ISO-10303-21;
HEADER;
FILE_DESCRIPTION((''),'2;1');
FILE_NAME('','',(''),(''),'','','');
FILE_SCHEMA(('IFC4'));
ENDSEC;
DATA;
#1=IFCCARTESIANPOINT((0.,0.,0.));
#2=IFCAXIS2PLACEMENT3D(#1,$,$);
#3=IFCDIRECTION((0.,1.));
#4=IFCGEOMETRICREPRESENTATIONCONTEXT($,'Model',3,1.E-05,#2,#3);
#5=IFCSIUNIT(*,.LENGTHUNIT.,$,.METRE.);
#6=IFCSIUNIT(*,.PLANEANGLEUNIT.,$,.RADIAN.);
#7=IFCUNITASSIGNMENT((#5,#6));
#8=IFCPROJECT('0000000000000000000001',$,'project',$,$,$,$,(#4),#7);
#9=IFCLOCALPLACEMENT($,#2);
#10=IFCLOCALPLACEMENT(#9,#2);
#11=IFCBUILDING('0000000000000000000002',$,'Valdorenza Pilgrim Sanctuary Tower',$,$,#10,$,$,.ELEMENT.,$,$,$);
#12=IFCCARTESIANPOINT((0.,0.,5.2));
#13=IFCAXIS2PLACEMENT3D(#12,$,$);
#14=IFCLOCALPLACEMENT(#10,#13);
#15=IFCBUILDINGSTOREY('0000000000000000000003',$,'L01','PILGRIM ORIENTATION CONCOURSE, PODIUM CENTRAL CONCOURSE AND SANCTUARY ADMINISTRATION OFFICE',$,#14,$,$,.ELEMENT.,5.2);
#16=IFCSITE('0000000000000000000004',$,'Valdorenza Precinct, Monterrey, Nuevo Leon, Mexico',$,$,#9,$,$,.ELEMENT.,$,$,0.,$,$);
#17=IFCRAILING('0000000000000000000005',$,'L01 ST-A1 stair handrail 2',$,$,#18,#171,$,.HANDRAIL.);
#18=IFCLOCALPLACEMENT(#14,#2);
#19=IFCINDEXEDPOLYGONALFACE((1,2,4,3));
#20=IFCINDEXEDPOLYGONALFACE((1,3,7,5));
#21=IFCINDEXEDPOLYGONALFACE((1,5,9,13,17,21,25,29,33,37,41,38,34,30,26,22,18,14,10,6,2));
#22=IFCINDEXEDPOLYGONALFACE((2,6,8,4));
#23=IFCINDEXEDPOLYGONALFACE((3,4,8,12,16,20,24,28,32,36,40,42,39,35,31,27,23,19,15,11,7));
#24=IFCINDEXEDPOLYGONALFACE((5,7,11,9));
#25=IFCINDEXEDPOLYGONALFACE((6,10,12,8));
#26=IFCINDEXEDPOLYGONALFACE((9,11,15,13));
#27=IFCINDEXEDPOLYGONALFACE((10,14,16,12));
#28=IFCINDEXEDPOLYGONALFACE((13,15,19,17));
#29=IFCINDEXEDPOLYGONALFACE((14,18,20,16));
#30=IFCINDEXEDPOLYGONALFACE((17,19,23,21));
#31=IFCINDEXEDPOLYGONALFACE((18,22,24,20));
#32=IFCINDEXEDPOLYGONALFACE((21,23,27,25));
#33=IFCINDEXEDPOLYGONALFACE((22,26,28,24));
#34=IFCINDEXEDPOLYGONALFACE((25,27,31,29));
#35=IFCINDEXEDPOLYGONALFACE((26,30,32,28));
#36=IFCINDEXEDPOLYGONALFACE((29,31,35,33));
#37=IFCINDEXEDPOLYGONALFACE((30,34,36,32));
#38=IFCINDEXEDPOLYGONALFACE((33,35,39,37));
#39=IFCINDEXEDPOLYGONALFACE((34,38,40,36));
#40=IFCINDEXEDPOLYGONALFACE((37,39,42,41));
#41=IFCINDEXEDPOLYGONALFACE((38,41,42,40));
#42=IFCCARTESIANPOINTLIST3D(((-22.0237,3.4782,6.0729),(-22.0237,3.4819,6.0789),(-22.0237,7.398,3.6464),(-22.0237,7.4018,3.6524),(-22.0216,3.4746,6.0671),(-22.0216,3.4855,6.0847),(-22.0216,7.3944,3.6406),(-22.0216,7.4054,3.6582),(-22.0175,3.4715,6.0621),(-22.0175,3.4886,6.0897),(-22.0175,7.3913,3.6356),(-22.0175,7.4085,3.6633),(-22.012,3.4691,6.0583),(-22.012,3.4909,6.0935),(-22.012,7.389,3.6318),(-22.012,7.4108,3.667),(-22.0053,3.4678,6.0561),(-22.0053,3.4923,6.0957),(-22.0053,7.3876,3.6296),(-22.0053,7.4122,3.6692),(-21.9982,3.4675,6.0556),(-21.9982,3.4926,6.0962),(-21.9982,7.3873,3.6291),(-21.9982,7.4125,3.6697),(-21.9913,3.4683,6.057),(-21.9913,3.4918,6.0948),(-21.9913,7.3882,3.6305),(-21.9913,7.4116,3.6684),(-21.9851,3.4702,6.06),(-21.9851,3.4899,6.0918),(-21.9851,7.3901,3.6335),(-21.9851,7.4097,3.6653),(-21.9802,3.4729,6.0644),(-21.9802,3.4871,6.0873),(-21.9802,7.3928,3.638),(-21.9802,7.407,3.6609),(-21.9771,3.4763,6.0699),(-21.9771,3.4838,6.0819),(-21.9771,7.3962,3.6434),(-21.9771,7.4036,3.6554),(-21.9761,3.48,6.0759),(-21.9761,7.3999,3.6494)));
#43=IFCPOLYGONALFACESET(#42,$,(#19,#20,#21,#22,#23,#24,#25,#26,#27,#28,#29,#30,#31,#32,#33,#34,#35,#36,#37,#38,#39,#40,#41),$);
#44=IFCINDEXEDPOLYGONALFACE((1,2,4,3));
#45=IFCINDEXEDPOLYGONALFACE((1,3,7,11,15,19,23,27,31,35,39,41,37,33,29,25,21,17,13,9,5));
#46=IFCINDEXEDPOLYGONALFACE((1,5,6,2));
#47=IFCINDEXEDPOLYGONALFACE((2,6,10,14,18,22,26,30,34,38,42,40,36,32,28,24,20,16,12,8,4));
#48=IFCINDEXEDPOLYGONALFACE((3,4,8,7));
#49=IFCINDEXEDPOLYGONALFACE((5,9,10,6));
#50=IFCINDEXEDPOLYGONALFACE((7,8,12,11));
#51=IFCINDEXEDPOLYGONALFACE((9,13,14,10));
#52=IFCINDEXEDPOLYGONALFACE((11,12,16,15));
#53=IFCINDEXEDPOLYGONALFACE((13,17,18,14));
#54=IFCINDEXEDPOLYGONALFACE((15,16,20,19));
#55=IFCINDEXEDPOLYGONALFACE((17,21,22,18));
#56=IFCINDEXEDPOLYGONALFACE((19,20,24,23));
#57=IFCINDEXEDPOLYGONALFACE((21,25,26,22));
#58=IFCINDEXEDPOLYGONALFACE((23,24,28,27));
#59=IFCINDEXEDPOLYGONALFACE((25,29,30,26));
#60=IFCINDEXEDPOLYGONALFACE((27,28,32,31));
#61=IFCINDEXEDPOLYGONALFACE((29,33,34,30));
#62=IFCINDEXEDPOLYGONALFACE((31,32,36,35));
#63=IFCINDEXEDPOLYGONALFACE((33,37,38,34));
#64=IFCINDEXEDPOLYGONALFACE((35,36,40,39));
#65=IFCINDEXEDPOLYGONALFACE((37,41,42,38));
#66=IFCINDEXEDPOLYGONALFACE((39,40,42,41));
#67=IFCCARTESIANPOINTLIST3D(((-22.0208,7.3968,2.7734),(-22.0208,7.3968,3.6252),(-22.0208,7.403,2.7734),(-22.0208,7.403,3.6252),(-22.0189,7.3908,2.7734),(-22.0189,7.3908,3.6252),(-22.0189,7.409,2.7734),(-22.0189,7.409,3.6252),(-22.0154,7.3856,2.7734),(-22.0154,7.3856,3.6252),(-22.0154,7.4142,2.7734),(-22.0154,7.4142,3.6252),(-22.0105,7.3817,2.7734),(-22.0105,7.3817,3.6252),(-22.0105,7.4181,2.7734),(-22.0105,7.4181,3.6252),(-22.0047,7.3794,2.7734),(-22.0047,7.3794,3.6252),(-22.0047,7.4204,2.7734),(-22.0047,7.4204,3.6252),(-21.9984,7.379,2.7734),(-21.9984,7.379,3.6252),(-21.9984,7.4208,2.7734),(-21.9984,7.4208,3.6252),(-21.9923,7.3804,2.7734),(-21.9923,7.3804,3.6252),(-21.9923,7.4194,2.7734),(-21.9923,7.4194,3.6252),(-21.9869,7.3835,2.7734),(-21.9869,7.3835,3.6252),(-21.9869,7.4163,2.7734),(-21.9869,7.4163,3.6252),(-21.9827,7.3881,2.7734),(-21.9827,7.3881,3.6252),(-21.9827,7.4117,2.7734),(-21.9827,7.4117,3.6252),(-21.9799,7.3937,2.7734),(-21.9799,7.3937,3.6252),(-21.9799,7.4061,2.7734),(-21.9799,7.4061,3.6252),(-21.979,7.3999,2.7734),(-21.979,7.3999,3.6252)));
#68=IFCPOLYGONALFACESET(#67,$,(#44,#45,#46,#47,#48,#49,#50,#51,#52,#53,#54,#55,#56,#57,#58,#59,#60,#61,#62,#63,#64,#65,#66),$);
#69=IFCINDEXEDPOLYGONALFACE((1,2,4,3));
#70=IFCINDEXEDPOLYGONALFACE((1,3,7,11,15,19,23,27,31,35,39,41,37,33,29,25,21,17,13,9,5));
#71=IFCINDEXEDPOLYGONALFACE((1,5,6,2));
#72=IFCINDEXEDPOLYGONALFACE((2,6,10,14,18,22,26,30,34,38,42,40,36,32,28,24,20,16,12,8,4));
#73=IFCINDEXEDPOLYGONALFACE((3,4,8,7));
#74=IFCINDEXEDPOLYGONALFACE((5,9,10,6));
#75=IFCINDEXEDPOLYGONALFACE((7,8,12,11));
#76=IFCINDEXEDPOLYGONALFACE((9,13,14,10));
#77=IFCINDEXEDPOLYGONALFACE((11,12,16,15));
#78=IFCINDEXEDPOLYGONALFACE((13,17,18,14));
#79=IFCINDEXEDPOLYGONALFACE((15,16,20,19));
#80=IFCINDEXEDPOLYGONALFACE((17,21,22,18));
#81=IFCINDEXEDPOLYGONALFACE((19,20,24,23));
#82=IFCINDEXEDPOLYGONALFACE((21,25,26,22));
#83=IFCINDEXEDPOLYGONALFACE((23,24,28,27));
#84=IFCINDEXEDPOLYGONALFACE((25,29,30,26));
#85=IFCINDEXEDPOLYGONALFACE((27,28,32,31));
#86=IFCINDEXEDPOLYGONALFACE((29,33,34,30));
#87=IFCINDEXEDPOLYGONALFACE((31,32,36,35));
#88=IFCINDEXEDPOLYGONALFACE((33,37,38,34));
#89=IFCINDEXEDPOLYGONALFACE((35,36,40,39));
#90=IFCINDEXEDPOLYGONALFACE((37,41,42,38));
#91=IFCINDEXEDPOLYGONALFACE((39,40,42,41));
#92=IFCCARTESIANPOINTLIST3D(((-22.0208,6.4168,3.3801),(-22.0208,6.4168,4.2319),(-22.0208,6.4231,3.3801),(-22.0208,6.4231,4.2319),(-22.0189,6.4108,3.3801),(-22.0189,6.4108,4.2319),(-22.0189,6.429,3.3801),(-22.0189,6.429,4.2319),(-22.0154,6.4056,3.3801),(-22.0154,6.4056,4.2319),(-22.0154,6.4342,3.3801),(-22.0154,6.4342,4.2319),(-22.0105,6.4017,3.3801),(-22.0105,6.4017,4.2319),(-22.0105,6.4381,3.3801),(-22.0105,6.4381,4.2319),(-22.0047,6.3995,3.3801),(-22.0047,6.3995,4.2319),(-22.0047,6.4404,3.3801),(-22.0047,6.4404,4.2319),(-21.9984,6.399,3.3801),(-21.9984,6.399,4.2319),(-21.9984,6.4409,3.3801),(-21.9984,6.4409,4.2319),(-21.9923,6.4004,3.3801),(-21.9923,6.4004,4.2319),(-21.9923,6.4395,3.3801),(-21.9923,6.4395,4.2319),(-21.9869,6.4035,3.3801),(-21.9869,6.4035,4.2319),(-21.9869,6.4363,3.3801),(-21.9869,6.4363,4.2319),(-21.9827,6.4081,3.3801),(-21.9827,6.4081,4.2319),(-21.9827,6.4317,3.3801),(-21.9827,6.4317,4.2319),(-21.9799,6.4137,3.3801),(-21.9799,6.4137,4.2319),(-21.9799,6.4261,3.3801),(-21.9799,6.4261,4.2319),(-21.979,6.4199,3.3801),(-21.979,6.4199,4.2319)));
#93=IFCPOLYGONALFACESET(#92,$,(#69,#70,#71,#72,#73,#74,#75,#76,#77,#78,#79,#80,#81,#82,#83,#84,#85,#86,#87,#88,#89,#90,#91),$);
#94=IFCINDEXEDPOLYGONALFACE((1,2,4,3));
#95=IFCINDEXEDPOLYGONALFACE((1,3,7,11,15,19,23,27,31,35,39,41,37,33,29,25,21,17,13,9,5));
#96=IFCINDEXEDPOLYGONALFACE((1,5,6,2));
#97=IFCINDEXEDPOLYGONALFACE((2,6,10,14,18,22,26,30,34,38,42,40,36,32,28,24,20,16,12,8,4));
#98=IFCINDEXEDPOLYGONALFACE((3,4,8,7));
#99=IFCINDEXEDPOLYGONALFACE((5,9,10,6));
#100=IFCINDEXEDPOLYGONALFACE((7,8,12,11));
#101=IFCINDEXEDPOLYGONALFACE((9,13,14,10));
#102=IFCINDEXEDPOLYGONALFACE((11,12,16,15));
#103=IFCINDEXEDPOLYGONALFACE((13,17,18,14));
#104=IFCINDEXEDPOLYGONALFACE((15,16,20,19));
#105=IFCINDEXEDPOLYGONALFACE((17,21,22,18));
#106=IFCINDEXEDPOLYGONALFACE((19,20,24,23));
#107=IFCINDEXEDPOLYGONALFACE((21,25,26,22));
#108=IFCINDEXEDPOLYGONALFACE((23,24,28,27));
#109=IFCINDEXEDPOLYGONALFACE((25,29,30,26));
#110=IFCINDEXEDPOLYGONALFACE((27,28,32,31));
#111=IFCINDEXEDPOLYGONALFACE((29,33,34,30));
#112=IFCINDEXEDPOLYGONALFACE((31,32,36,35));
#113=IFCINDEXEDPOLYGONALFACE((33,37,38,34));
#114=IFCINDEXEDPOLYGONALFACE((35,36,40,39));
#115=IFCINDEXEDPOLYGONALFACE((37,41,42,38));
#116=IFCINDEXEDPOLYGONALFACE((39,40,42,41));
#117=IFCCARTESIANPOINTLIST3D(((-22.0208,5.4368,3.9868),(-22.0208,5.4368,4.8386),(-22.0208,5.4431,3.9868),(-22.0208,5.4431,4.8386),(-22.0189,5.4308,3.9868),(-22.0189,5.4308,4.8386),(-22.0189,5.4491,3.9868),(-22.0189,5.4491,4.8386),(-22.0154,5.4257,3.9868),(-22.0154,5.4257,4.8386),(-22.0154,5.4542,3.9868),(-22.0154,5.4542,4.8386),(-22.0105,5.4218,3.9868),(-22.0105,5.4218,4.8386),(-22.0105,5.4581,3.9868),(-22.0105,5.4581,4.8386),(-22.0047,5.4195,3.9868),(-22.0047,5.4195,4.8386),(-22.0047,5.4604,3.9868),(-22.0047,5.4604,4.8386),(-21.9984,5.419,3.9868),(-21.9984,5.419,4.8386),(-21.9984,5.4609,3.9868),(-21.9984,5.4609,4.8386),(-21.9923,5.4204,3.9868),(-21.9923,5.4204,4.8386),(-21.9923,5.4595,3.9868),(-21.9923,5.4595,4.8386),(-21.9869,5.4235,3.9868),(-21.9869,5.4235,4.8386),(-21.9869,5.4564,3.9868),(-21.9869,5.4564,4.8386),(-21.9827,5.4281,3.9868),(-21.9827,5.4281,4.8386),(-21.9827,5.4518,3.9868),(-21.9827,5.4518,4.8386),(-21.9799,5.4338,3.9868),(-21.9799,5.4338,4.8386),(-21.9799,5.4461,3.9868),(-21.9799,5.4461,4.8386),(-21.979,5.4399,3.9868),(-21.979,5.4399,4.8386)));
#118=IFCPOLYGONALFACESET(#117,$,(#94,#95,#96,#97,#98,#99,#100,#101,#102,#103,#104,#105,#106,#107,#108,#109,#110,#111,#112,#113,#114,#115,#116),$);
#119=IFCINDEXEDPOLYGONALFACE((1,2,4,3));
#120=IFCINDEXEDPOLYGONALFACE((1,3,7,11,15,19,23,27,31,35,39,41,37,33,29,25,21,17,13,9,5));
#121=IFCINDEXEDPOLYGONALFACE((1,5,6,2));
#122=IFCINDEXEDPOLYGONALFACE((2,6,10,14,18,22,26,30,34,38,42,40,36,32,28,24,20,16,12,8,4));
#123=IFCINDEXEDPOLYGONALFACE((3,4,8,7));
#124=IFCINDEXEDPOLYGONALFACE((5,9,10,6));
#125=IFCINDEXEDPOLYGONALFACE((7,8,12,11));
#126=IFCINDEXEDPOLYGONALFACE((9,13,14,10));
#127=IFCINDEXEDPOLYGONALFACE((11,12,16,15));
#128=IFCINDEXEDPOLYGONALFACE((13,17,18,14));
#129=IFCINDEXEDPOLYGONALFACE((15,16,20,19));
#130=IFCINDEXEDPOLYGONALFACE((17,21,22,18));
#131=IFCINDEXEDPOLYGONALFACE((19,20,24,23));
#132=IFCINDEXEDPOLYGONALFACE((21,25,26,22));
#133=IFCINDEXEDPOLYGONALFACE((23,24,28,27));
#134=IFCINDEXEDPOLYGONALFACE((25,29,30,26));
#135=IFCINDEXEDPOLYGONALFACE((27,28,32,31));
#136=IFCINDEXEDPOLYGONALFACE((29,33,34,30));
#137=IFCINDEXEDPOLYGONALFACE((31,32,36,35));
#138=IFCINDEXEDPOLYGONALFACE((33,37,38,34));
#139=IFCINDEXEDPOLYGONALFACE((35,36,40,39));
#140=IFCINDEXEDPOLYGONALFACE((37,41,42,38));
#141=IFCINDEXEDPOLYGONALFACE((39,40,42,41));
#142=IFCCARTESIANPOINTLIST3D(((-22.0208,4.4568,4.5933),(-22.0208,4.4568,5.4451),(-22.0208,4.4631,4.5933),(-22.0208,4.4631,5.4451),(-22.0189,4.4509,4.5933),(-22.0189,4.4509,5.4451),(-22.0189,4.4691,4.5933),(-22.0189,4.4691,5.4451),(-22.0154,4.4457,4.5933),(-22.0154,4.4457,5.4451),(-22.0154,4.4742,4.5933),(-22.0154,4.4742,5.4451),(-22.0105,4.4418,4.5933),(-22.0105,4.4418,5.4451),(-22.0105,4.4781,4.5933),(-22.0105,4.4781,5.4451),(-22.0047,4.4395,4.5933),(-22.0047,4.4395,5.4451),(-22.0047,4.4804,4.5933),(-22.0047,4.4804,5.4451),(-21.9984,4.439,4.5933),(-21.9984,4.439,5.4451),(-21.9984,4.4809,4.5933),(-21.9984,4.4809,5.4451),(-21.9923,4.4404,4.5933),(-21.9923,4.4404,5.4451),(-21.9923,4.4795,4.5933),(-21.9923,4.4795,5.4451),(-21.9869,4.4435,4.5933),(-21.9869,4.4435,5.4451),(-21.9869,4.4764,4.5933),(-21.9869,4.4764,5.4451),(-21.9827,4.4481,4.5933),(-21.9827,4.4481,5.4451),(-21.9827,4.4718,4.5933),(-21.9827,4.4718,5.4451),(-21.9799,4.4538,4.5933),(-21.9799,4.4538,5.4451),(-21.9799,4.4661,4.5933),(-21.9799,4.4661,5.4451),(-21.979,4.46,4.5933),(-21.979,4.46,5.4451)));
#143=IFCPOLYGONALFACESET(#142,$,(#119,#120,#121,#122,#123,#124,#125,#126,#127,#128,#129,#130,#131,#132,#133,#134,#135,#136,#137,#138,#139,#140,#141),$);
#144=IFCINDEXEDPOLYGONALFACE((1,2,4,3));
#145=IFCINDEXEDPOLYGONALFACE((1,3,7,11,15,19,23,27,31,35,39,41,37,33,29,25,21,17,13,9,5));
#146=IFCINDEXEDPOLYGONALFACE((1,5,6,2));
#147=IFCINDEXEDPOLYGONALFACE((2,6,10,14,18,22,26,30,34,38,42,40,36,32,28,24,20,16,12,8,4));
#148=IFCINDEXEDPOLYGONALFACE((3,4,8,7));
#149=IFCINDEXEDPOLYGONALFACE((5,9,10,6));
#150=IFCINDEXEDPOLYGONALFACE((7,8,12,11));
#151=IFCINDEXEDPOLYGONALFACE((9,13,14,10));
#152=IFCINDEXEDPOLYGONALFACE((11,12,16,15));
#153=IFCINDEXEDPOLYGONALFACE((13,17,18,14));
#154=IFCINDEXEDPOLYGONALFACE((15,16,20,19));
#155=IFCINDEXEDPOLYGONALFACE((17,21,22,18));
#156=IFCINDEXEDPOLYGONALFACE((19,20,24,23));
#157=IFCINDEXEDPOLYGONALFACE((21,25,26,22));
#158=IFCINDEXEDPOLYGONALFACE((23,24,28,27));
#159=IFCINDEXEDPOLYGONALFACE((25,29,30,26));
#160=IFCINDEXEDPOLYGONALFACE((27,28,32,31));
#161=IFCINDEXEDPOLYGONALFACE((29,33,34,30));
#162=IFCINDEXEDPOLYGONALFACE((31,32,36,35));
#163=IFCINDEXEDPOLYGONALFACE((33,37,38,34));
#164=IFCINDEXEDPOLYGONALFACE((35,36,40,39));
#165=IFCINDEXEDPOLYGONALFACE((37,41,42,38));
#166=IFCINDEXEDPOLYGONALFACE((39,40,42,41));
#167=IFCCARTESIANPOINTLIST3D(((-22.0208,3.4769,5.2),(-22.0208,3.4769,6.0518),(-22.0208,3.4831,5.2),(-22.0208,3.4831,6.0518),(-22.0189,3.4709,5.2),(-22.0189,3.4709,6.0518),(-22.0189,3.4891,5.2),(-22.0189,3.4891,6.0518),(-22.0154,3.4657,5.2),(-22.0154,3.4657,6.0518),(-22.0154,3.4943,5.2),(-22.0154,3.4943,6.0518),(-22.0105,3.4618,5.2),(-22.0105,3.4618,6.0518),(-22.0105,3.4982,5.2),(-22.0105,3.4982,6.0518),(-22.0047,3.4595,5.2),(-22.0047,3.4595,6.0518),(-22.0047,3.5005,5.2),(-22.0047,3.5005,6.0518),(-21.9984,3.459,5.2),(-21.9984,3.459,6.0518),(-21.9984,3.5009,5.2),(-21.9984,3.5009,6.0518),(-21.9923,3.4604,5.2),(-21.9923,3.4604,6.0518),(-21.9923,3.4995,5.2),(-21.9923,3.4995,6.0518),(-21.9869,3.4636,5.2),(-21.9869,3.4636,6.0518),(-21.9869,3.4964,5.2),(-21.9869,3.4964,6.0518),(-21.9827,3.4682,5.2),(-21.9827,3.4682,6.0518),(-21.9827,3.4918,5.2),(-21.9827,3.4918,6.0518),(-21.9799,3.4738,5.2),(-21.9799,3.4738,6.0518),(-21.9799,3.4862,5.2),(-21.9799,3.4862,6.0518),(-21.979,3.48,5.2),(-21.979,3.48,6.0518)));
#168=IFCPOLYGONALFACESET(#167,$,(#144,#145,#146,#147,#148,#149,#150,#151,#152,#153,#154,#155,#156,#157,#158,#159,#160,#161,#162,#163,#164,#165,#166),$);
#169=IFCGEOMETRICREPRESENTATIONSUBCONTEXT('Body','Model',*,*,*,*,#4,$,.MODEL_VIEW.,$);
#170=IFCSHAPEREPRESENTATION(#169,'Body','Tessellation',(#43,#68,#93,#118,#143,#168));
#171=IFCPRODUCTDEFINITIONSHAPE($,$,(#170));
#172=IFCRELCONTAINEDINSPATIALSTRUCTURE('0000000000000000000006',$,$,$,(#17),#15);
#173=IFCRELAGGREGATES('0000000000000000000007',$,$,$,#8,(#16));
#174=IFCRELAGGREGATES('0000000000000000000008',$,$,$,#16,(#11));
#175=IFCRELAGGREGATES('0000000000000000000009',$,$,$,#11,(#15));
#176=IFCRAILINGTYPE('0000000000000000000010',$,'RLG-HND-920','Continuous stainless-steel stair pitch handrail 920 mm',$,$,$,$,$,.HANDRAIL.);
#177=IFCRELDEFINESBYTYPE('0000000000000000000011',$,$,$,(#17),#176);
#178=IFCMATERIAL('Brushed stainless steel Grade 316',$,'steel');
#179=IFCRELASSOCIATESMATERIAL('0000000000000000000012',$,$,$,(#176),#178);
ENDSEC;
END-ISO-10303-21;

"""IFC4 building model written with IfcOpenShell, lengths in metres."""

from ifc_helpers import new_model, si_unit, direction, frame, origin, origin_2d, place, context, subcontext, project, spatial, circle, extrude, material, type_object, element, save


model = new_model("IFC4")

# Units and contexts
model_context = context("Model", 3, precision=1e-05, world=origin(), true_north=direction((0.0, 1.0)))
body_context = subcontext(model_context, "Body", "Model", "MODEL_VIEW")
ifc_project = project(units=[si_unit("LENGTHUNIT", "METRE"), si_unit("PLANEANGLEUNIT", "RADIAN")], contexts=[model_context])

# Site, building, storey
site_placement = place(None, origin())
site = spatial("IfcSite", under=ifc_project, at=site_placement, Name="Valdorenza Precinct, Monterrey, Nuevo Leon, Mexico", CompositionType="ELEMENT", RefElevation=0.0)
building_placement = place(site_placement, origin())
building = spatial("IfcBuilding", under=site, at=building_placement, Name="Valdorenza Pilgrim Sanctuary Tower", CompositionType="ELEMENT")
storey_placement = place(building_placement, frame((0.0, 0.0, 5.2)))
storey = spatial("IfcBuildingStorey", under=building, at=storey_placement, Name="L01", Description="PILGRIM ORIENTATION CONCOURSE, PODIUM CENTRAL CONCOURSE AND SANCTUARY ADMINISTRATION OFFICE", CompositionType="ELEMENT", Elevation=5.2)

# Railing
ifc_material_1 = material(Name="Brushed stainless steel Grade 316", Category="steel")
railing_type_1 = type_object("IfcRailingType", Name="RLG-HND-920", Description="Continuous stainless-steel stair pitch handrail 920 mm", PredefinedType="HANDRAIL", material=ifc_material_1)
railing_1_placement = place(storey_placement, frame((-22.0, 7.3999, 2.7734)))
element("IfcRailing", 1, at=railing_1_placement, inside=storey, type_object=railing_type_1, Name="L01 ST-A1 stair handrail 2", PredefinedType="HANDRAIL", context=body_context, shape_type="SweptSolid", body=[
    extrude(circle(Radius=0.0239, at=origin_2d()), frame((0.0, 0.0, 0.876), z_axis=(0.0, -0.850275, 0.526338), x_axis=(1.0, 0.0, 0.0)), (0.0, 0.0, 1.0), 4.6101),
    extrude(circle(Radius=0.021, at=origin_2d()), origin(), (0.0, 0.0, 1.0), 0.8518),
    extrude(circle(Radius=0.021, at=origin_2d()), frame((0.0, -0.98, 0.6067)), (0.0, 0.0, 1.0), 0.8518),
    extrude(circle(Radius=0.021, at=origin_2d()), frame((0.0, -1.96, 1.2134)), (0.0, 0.0, 1.0), 0.8518),
    extrude(circle(Radius=0.021, at=origin_2d()), frame((0.0, -2.9399, 1.8198)), (0.0, 0.0, 1.0), 0.8518),
    extrude(circle(Radius=0.021, at=origin_2d()), frame((0.0, -3.9199, 2.4265)), (0.0, 0.0, 1.0), 0.8518),
])

save(model, "model.ifc")
